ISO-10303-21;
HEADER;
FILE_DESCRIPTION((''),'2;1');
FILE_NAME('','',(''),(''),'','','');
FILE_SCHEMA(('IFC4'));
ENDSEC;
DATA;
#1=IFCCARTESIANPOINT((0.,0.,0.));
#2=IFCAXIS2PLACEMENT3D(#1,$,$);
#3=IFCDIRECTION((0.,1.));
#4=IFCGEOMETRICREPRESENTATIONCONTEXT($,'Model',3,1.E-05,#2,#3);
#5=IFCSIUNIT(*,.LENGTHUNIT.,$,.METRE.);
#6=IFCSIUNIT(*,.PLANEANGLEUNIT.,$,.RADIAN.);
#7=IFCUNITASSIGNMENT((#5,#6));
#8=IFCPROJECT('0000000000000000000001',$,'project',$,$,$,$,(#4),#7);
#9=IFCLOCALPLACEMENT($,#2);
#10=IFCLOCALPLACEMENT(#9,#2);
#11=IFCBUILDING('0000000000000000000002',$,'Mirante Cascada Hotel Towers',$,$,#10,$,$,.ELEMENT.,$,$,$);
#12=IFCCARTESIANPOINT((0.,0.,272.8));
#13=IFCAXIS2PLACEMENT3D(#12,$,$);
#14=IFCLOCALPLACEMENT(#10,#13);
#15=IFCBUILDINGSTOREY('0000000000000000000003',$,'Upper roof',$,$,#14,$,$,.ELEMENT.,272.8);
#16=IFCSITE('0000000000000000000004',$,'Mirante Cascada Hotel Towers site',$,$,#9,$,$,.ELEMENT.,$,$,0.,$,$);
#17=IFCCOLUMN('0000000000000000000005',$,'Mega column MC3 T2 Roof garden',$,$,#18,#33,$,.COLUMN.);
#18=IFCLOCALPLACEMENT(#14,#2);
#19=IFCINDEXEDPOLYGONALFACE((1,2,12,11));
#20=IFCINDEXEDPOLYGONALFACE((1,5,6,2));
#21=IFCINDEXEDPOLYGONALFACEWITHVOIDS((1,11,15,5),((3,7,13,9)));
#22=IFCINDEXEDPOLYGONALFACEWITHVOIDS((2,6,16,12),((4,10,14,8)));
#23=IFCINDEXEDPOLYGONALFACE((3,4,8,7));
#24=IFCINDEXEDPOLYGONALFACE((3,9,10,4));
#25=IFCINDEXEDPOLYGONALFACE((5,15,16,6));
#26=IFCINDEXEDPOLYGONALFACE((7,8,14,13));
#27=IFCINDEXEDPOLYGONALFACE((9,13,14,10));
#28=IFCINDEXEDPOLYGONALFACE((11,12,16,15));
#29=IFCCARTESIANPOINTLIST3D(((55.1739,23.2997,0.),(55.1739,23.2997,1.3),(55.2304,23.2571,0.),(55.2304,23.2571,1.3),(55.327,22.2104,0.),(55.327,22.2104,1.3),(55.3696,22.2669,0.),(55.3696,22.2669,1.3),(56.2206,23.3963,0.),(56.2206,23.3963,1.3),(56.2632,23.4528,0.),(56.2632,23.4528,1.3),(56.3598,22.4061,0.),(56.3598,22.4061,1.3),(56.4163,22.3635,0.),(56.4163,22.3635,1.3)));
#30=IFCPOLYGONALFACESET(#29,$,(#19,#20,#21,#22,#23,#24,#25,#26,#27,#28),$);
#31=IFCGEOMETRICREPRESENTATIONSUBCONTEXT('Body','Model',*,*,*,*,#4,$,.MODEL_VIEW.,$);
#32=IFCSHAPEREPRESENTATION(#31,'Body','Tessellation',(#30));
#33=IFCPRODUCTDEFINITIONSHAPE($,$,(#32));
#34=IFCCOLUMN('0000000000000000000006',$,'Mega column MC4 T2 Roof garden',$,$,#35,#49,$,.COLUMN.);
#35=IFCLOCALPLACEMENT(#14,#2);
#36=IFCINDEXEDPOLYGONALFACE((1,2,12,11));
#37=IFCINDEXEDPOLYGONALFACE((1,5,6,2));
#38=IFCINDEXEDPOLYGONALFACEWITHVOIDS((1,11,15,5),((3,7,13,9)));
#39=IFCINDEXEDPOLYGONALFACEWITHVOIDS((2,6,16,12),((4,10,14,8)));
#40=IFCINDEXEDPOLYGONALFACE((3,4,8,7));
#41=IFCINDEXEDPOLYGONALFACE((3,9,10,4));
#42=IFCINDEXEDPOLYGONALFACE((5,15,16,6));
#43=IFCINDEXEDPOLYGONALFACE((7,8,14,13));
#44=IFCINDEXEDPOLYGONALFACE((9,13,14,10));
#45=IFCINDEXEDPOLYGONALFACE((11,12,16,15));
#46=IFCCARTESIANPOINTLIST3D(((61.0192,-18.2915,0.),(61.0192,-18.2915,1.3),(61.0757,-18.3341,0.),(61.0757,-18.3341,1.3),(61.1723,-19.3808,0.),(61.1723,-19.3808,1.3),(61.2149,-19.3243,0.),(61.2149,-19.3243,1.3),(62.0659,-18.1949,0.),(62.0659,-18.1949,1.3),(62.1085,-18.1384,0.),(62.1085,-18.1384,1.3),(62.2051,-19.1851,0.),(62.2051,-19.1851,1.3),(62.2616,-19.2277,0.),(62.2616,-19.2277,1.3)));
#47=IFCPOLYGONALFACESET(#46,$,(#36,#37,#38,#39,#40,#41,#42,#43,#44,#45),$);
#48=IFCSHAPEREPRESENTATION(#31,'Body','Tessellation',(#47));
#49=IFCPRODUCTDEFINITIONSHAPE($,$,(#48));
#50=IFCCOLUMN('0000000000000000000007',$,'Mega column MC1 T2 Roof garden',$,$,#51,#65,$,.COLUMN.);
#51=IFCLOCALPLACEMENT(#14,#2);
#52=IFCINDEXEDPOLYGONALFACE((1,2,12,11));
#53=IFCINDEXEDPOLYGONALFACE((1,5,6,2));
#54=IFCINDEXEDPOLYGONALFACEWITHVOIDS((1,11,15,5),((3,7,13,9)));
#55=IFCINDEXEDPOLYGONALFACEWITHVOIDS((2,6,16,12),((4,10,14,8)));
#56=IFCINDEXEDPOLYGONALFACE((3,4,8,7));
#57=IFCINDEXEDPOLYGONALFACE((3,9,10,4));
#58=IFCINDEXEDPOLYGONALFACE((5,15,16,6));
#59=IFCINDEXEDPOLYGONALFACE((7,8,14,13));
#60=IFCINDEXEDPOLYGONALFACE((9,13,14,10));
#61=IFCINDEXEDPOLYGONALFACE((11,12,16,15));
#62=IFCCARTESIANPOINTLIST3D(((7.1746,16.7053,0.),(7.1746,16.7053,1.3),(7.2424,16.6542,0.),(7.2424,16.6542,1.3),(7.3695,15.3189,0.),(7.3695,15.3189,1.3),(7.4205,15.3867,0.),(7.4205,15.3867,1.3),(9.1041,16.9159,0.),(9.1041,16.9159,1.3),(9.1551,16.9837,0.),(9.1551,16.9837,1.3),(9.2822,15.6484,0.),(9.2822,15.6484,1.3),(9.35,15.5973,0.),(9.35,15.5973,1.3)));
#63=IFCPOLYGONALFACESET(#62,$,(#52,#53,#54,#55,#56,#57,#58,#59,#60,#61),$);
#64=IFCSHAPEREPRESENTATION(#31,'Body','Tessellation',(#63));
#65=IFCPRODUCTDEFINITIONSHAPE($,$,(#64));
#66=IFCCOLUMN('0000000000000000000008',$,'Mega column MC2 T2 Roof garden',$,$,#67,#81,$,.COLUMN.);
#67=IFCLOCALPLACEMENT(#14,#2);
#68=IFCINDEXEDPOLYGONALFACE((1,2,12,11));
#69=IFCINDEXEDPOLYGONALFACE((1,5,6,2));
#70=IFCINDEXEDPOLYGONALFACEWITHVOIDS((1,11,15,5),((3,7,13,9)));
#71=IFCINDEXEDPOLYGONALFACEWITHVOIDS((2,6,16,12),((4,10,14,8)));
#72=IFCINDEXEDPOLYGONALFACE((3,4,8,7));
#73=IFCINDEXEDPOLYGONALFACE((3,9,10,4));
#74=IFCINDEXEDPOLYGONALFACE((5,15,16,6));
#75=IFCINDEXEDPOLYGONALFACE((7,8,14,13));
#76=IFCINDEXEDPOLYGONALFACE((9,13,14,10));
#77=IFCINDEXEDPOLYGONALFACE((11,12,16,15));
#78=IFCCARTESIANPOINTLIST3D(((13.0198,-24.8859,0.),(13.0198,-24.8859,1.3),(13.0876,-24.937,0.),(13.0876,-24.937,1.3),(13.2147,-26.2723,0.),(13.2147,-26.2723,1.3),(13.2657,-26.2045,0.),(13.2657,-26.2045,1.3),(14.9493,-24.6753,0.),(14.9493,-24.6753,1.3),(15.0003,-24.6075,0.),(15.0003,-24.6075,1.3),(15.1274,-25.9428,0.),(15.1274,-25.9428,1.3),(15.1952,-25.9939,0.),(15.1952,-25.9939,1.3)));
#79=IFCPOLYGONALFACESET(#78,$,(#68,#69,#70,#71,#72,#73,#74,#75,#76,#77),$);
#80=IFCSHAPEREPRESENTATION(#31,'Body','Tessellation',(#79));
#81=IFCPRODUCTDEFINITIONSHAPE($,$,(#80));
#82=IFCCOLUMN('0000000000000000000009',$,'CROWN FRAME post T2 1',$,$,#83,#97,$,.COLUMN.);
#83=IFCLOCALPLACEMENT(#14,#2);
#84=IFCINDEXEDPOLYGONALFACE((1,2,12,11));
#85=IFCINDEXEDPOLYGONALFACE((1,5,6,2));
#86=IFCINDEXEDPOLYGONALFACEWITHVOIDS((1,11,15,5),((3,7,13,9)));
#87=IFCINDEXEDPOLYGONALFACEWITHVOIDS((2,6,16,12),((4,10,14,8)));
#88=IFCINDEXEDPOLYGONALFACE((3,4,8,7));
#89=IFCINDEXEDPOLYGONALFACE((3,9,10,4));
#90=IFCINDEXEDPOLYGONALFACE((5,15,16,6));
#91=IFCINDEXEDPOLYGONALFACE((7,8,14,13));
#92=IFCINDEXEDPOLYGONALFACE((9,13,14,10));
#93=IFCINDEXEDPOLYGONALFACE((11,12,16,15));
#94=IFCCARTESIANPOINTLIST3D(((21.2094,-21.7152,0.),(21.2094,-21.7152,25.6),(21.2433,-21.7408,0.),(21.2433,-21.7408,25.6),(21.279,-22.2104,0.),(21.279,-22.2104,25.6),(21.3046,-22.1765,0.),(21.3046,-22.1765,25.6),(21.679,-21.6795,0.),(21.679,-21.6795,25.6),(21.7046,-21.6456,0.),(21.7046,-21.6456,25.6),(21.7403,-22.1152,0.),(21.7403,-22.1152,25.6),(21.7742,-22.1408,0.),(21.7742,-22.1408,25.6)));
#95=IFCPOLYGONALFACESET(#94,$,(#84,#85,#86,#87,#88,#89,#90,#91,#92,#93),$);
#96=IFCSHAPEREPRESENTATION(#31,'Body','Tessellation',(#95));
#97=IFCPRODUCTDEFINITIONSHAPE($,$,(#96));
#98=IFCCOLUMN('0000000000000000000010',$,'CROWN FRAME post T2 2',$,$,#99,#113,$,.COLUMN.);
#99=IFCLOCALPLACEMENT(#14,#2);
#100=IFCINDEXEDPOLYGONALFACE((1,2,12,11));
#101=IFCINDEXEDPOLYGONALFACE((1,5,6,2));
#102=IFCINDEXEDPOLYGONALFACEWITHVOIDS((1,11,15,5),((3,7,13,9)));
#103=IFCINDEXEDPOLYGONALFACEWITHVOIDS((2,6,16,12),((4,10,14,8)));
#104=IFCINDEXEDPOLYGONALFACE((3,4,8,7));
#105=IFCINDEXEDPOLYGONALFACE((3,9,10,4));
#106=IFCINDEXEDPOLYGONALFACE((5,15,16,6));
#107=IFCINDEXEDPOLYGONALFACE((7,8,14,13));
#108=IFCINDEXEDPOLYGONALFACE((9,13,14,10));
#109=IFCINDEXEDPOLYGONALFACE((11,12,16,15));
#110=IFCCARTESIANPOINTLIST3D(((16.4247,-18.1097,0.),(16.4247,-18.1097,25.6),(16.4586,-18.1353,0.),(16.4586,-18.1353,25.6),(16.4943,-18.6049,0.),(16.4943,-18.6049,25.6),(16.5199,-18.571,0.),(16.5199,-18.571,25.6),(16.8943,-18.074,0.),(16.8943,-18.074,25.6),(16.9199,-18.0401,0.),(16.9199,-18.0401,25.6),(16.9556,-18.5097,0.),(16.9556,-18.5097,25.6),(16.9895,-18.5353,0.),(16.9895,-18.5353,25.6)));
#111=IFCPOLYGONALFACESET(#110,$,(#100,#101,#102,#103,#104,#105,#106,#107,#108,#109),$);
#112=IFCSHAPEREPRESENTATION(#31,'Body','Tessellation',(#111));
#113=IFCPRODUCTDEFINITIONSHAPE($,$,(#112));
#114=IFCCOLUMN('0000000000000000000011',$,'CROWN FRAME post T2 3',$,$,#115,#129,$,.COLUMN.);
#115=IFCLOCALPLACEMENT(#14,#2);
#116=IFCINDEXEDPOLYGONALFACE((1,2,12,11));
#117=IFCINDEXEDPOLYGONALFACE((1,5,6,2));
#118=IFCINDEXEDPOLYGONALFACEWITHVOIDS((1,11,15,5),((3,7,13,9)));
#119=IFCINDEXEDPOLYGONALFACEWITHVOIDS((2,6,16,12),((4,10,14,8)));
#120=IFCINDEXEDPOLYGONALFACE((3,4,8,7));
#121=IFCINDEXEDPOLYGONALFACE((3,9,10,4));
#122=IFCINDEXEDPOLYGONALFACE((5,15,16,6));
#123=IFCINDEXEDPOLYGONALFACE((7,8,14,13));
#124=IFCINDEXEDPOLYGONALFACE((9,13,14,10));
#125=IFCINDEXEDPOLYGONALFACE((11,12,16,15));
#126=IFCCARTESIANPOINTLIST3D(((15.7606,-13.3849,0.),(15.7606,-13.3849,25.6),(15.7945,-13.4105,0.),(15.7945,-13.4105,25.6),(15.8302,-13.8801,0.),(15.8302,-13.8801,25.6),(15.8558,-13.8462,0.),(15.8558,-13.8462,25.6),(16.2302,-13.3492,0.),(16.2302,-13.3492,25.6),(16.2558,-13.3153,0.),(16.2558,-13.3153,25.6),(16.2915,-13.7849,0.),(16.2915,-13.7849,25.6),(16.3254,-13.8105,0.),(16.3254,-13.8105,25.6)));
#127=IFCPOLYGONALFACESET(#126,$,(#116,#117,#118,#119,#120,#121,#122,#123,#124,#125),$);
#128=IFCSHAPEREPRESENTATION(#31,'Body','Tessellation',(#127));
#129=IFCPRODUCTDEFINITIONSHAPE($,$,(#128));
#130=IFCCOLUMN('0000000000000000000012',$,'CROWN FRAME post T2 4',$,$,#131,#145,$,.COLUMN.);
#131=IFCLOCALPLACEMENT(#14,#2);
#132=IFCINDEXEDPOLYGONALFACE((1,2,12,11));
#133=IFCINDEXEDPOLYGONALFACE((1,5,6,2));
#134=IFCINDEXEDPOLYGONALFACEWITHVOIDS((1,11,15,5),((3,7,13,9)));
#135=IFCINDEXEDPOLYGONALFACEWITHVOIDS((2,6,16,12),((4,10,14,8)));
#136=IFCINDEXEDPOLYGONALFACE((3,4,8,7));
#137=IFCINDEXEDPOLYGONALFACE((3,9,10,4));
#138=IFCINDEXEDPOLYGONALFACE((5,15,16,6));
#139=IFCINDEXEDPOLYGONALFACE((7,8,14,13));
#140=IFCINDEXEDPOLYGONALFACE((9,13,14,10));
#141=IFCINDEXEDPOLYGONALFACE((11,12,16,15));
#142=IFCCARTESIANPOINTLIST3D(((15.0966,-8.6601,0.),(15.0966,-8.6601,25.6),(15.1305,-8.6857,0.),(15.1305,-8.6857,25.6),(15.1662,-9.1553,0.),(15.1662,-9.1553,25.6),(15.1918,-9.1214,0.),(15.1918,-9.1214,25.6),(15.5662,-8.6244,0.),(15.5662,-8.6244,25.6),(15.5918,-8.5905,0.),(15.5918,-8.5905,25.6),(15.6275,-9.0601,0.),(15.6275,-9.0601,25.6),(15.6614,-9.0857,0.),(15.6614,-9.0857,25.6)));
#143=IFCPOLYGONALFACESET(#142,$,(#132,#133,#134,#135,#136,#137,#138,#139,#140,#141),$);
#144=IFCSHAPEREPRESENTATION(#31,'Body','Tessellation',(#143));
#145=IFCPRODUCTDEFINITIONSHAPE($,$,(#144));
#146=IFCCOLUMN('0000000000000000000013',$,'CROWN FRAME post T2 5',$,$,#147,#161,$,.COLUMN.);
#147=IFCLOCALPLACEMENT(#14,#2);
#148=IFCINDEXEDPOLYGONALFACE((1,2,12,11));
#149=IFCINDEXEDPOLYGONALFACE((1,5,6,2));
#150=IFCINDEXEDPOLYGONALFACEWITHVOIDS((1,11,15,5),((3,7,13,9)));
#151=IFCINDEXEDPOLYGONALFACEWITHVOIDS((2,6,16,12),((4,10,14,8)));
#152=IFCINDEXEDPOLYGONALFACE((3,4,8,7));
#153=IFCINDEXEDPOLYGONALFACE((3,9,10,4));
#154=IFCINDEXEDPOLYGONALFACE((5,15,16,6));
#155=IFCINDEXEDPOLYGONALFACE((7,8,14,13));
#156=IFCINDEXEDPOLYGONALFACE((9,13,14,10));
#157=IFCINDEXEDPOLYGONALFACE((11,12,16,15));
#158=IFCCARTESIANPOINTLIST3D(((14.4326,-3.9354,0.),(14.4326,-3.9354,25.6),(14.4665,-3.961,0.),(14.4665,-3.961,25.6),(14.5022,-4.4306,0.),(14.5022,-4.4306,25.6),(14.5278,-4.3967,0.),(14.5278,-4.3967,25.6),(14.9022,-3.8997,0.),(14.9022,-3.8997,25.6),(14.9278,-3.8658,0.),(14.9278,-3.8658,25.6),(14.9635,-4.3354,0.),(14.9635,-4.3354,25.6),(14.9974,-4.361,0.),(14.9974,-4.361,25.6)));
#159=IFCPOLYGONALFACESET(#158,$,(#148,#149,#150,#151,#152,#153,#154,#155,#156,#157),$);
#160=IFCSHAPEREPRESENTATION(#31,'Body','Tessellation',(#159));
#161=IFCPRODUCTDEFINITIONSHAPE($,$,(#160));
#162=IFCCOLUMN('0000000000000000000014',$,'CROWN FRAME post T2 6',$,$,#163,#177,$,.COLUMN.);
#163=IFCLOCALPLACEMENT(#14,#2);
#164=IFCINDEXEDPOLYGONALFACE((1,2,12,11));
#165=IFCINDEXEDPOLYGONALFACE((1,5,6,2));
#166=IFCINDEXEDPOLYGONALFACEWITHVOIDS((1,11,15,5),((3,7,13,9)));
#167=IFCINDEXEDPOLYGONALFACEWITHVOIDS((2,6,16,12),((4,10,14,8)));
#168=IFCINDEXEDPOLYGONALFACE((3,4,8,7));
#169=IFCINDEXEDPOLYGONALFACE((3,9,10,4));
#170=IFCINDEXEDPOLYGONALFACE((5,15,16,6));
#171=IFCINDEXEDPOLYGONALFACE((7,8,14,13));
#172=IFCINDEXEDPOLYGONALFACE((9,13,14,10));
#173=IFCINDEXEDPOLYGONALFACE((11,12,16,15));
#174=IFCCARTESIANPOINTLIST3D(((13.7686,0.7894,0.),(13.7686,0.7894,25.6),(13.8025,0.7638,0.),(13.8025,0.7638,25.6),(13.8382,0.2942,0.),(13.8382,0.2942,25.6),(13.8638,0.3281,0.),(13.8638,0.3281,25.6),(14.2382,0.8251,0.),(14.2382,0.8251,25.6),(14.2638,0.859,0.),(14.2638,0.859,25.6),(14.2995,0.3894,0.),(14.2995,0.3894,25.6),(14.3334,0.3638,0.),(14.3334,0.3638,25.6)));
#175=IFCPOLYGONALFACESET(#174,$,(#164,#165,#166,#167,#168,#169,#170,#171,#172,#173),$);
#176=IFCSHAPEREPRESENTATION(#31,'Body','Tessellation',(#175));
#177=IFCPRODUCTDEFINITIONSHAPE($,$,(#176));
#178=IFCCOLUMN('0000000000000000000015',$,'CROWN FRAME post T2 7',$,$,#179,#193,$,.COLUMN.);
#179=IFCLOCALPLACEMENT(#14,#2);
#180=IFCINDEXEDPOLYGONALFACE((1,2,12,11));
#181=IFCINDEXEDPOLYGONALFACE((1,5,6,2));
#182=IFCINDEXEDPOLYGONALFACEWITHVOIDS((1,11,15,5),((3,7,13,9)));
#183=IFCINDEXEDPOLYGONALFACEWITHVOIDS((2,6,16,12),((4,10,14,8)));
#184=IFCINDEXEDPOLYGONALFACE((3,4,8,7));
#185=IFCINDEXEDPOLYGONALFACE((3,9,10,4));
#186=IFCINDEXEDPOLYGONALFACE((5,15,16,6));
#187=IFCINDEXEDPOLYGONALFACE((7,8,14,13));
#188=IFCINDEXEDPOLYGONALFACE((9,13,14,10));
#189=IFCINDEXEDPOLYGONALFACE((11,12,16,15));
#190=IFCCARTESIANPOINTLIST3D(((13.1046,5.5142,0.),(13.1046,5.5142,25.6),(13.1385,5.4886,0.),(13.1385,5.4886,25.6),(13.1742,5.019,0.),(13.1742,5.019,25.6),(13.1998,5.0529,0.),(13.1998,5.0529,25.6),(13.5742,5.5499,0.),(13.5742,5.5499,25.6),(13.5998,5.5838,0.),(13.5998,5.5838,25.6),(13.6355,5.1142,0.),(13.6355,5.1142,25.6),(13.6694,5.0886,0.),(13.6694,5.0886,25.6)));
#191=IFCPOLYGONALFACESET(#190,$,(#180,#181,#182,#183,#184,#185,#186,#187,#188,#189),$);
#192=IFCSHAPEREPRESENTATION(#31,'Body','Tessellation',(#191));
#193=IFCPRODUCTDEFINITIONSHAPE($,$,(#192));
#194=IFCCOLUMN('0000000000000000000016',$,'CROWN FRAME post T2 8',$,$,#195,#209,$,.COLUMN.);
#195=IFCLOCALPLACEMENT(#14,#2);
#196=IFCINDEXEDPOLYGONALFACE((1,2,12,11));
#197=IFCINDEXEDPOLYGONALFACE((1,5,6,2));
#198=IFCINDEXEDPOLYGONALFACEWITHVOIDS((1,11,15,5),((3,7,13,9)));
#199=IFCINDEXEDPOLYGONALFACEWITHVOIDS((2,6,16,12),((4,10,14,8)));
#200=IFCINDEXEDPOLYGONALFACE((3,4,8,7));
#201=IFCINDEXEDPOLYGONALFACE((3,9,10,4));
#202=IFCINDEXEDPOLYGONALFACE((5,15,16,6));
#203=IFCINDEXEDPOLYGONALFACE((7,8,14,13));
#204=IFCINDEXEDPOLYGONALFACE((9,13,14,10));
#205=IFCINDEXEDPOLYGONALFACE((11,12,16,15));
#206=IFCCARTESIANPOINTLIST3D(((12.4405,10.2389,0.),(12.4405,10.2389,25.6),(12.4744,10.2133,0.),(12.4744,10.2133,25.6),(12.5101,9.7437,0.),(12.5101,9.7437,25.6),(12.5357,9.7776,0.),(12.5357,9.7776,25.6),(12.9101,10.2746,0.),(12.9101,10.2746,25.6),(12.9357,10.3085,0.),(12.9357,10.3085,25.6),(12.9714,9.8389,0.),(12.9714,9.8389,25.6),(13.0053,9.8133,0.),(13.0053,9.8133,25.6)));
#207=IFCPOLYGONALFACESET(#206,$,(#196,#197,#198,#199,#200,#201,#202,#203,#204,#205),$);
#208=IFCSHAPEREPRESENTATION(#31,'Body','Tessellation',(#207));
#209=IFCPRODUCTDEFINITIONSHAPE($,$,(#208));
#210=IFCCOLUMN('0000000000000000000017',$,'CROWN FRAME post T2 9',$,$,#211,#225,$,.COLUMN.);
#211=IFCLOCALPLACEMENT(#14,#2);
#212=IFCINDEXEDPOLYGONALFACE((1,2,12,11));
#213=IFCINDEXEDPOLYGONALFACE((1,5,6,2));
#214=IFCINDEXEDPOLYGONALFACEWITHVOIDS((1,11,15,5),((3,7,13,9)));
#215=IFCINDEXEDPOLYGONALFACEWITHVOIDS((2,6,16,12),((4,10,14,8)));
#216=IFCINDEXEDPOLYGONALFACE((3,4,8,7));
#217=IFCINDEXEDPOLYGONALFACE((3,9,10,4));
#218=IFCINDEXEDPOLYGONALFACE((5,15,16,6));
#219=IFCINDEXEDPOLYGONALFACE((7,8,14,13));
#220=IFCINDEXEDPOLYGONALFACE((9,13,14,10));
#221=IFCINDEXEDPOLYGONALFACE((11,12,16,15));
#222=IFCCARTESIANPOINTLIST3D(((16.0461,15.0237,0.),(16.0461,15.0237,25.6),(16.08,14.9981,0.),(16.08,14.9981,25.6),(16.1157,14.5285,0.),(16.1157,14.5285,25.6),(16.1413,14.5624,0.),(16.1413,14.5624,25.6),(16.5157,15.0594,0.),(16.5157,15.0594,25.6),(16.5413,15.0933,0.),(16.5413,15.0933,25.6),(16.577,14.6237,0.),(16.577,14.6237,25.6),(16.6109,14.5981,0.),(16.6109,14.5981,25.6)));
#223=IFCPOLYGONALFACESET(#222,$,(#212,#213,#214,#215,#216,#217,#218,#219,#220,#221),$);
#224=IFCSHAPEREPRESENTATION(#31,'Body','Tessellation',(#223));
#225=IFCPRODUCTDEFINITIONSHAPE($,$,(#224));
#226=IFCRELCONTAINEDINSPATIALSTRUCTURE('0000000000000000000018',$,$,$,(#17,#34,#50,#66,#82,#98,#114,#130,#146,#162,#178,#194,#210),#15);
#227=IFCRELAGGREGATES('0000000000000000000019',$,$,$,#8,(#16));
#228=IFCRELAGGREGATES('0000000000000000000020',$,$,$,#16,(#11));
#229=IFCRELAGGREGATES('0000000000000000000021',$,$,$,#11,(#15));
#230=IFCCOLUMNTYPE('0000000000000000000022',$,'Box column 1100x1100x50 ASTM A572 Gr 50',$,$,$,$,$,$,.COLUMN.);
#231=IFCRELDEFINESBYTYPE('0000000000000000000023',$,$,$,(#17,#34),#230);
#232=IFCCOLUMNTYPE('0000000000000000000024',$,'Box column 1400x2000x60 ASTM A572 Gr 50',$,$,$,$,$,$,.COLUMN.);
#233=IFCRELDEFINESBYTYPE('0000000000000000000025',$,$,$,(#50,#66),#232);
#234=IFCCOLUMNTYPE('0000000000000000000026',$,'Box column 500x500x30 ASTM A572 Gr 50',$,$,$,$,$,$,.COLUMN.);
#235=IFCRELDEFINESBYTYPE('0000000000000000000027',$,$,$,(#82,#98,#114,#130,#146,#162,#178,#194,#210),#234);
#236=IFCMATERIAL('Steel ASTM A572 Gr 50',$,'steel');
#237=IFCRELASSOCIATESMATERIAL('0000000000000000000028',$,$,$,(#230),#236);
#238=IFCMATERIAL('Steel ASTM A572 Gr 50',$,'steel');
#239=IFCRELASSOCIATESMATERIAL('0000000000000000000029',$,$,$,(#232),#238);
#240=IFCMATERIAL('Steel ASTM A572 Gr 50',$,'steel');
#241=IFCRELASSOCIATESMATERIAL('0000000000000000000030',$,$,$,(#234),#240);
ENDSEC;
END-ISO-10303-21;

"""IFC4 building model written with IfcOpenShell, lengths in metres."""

from ifc_helpers import new_model, si_unit, direction, frame, origin, origin_2d, place, context, subcontext, project, spatial, hollow_rectangle, extrude, material, material_profile, profile_set, type_object, element, save


model = new_model("IFC4")

# Units and contexts
model_context = context("Model", 3, precision=1e-05, world=origin(), true_north=direction((0.0, 1.0)))
body_context = subcontext(model_context, "Body", "Model", "MODEL_VIEW")
ifc_project = project(units=[si_unit("LENGTHUNIT", "METRE"), si_unit("PLANEANGLEUNIT", "RADIAN")], contexts=[model_context])

# Site, building, storey
site_placement = place(None, origin())
site = spatial("IfcSite", under=ifc_project, at=site_placement, Name="Mirante Cascada Hotel Towers site", CompositionType="ELEMENT", RefElevation=0.0)
building_placement = place(site_placement, origin())
building = spatial("IfcBuilding", under=site, at=building_placement, Name="Mirante Cascada Hotel Towers", CompositionType="ELEMENT")
storey_placement = place(building_placement, frame((0.0, 0.0, 272.8)))
storey = spatial("IfcBuildingStorey", under=building, at=storey_placement, Name="Upper roof", CompositionType="ELEMENT", Elevation=272.8)

# Columns
ifc_material_1 = material(Name="Steel ASTM A572 Gr 50", Category="steel")
ifc_material_profile_1 = material_profile(ifc_material_1, hollow_rectangle(XDim=1.1, YDim=1.1, WallThickness=0.05, at=origin_2d()), Name="Box column 1100x1100x50 ASTM A572 Gr 50")
ifc_profile_set_1 = profile_set([ifc_material_profile_1], Name="Steel ASTM A572 Gr 50")
column_type_1 = type_object("IfcColumnType", Name="Box column 1100x1100x50 ASTM A572 Gr 50", PredefinedType="COLUMN", material=ifc_profile_set_1)
for number, where, z_axis, x_axis, name in (
    (1, (55.7951, 22.8316, 0.0), (0.0, 0.0, 1.0), (0.990268, 0.139173, 0.0), "Mega column MC3 T2 Roof garden"),
    (2, (61.6404, -18.7596, 0.0), (0.0, 0.0, 1.0), (0.990268, 0.139173, 0.0), "Mega column MC4 T2 Roof garden"),
):
    element("IfcColumn", number, at=place(storey_placement, frame(where, z_axis=z_axis, x_axis=x_axis)), inside=storey, type_object=column_type_1, Name=name, PredefinedType="COLUMN", context=body_context, shape_type="SweptSolid", body=[
        extrude(hollow_rectangle(XDim=1.1, YDim=1.1, WallThickness=0.05, at=origin_2d()), origin(), (0.0, 0.0, 1.0), 1.3),
    ])
ifc_material_2 = material(Name="Steel ASTM A572 Gr 50", Category="steel")
ifc_material_profile_2 = material_profile(ifc_material_2, hollow_rectangle(XDim=2.0, YDim=1.4, WallThickness=0.06, at=origin_2d()), Name="Box column 1400x2000x60 ASTM A572 Gr 50")
ifc_profile_set_2 = profile_set([ifc_material_profile_2], Name="Steel ASTM A572 Gr 50")
column_type_2 = type_object("IfcColumnType", Name="Box column 1400x2000x60 ASTM A572 Gr 50", PredefinedType="COLUMN", material=ifc_profile_set_2)
for number, where, z_axis, x_axis, name in (
    (3, (8.2623, 16.1513, 0.0), (0.0, 0.0, 1.0), (0.990268, 0.139173, 0.0), "Mega column MC1 T2 Roof garden"),
    (4, (14.1075, -25.4399, 0.0), (0.0, 0.0, 1.0), (0.990268, 0.139173, 0.0), "Mega column MC2 T2 Roof garden"),
):
    element("IfcColumn", number, at=place(storey_placement, frame(where, z_axis=z_axis, x_axis=x_axis)), inside=storey, type_object=column_type_2, Name=name, PredefinedType="COLUMN", context=body_context, shape_type="SweptSolid", body=[
        extrude(hollow_rectangle(XDim=2.0, YDim=1.4, WallThickness=0.06, at=origin_2d()), origin(), (0.0, 0.0, 1.0), 1.3),
    ])
ifc_material_3 = material(Name="Steel ASTM A572 Gr 50", Category="steel")
ifc_material_profile_3 = material_profile(ifc_material_3, hollow_rectangle(XDim=0.5, YDim=0.5, WallThickness=0.03, at=origin_2d()), Name="Box column 500x500x30 ASTM A572 Gr 50")
ifc_profile_set_3 = profile_set([ifc_material_profile_3], Name="Steel ASTM A572 Gr 50")
column_type_3 = type_object("IfcColumnType", Name="Box column 500x500x30 ASTM A572 Gr 50", PredefinedType="COLUMN", material=ifc_profile_set_3)
for number, where, z_axis, x_axis, name in (
    (5, (21.4918, -21.928, 0.0), (0.0, 0.0, 1.0), (0.990268, 0.139173, 0.0), "CROWN FRAME post T2 1"),
    (6, (16.7071, -18.3225, 0.0), (0.0, 0.0, 1.0), (0.990268, 0.139173, 0.0), "CROWN FRAME post T2 2"),
    (7, (16.043, -13.5977, 0.0), (0.0, 0.0, 1.0), (0.990268, 0.139173, 0.0), "CROWN FRAME post T2 3"),
    (8, (15.379, -8.8729, 0.0), (0.0, 0.0, 1.0), (0.990268, 0.139173, 0.0), "CROWN FRAME post T2 4"),
    (9, (14.715, -4.1482, 0.0), (0.0, 0.0, 1.0), (0.990268, 0.139173, 0.0), "CROWN FRAME post T2 5"),
    (10, (14.051, 0.5766, 0.0), (0.0, 0.0, 1.0), (0.990268, 0.139173, 0.0), "CROWN FRAME post T2 6"),
    (11, (13.387, 5.3014, 0.0), (0.0, 0.0, 1.0), (0.990268, 0.139173, 0.0), "CROWN FRAME post T2 7"),
    (12, (12.7229, 10.0261, 0.0), (0.0, 0.0, 1.0), (0.990268, 0.139173, 0.0), "CROWN FRAME post T2 8"),
    (13, (16.3285, 14.8109, 0.0), (0.0, 0.0, 1.0), (0.990268, 0.139173, 0.0), "CROWN FRAME post T2 9"),
):
    element("IfcColumn", number, at=place(storey_placement, frame(where, z_axis=z_axis, x_axis=x_axis)), inside=storey, type_object=column_type_3, Name=name, PredefinedType="COLUMN", context=body_context, shape_type="SweptSolid", body=[
        extrude(hollow_rectangle(XDim=0.5, YDim=0.5, WallThickness=0.03, at=origin_2d()), origin(), (0.0, 0.0, 1.0), 25.6),
    ])

save(model, "model.ifc")
